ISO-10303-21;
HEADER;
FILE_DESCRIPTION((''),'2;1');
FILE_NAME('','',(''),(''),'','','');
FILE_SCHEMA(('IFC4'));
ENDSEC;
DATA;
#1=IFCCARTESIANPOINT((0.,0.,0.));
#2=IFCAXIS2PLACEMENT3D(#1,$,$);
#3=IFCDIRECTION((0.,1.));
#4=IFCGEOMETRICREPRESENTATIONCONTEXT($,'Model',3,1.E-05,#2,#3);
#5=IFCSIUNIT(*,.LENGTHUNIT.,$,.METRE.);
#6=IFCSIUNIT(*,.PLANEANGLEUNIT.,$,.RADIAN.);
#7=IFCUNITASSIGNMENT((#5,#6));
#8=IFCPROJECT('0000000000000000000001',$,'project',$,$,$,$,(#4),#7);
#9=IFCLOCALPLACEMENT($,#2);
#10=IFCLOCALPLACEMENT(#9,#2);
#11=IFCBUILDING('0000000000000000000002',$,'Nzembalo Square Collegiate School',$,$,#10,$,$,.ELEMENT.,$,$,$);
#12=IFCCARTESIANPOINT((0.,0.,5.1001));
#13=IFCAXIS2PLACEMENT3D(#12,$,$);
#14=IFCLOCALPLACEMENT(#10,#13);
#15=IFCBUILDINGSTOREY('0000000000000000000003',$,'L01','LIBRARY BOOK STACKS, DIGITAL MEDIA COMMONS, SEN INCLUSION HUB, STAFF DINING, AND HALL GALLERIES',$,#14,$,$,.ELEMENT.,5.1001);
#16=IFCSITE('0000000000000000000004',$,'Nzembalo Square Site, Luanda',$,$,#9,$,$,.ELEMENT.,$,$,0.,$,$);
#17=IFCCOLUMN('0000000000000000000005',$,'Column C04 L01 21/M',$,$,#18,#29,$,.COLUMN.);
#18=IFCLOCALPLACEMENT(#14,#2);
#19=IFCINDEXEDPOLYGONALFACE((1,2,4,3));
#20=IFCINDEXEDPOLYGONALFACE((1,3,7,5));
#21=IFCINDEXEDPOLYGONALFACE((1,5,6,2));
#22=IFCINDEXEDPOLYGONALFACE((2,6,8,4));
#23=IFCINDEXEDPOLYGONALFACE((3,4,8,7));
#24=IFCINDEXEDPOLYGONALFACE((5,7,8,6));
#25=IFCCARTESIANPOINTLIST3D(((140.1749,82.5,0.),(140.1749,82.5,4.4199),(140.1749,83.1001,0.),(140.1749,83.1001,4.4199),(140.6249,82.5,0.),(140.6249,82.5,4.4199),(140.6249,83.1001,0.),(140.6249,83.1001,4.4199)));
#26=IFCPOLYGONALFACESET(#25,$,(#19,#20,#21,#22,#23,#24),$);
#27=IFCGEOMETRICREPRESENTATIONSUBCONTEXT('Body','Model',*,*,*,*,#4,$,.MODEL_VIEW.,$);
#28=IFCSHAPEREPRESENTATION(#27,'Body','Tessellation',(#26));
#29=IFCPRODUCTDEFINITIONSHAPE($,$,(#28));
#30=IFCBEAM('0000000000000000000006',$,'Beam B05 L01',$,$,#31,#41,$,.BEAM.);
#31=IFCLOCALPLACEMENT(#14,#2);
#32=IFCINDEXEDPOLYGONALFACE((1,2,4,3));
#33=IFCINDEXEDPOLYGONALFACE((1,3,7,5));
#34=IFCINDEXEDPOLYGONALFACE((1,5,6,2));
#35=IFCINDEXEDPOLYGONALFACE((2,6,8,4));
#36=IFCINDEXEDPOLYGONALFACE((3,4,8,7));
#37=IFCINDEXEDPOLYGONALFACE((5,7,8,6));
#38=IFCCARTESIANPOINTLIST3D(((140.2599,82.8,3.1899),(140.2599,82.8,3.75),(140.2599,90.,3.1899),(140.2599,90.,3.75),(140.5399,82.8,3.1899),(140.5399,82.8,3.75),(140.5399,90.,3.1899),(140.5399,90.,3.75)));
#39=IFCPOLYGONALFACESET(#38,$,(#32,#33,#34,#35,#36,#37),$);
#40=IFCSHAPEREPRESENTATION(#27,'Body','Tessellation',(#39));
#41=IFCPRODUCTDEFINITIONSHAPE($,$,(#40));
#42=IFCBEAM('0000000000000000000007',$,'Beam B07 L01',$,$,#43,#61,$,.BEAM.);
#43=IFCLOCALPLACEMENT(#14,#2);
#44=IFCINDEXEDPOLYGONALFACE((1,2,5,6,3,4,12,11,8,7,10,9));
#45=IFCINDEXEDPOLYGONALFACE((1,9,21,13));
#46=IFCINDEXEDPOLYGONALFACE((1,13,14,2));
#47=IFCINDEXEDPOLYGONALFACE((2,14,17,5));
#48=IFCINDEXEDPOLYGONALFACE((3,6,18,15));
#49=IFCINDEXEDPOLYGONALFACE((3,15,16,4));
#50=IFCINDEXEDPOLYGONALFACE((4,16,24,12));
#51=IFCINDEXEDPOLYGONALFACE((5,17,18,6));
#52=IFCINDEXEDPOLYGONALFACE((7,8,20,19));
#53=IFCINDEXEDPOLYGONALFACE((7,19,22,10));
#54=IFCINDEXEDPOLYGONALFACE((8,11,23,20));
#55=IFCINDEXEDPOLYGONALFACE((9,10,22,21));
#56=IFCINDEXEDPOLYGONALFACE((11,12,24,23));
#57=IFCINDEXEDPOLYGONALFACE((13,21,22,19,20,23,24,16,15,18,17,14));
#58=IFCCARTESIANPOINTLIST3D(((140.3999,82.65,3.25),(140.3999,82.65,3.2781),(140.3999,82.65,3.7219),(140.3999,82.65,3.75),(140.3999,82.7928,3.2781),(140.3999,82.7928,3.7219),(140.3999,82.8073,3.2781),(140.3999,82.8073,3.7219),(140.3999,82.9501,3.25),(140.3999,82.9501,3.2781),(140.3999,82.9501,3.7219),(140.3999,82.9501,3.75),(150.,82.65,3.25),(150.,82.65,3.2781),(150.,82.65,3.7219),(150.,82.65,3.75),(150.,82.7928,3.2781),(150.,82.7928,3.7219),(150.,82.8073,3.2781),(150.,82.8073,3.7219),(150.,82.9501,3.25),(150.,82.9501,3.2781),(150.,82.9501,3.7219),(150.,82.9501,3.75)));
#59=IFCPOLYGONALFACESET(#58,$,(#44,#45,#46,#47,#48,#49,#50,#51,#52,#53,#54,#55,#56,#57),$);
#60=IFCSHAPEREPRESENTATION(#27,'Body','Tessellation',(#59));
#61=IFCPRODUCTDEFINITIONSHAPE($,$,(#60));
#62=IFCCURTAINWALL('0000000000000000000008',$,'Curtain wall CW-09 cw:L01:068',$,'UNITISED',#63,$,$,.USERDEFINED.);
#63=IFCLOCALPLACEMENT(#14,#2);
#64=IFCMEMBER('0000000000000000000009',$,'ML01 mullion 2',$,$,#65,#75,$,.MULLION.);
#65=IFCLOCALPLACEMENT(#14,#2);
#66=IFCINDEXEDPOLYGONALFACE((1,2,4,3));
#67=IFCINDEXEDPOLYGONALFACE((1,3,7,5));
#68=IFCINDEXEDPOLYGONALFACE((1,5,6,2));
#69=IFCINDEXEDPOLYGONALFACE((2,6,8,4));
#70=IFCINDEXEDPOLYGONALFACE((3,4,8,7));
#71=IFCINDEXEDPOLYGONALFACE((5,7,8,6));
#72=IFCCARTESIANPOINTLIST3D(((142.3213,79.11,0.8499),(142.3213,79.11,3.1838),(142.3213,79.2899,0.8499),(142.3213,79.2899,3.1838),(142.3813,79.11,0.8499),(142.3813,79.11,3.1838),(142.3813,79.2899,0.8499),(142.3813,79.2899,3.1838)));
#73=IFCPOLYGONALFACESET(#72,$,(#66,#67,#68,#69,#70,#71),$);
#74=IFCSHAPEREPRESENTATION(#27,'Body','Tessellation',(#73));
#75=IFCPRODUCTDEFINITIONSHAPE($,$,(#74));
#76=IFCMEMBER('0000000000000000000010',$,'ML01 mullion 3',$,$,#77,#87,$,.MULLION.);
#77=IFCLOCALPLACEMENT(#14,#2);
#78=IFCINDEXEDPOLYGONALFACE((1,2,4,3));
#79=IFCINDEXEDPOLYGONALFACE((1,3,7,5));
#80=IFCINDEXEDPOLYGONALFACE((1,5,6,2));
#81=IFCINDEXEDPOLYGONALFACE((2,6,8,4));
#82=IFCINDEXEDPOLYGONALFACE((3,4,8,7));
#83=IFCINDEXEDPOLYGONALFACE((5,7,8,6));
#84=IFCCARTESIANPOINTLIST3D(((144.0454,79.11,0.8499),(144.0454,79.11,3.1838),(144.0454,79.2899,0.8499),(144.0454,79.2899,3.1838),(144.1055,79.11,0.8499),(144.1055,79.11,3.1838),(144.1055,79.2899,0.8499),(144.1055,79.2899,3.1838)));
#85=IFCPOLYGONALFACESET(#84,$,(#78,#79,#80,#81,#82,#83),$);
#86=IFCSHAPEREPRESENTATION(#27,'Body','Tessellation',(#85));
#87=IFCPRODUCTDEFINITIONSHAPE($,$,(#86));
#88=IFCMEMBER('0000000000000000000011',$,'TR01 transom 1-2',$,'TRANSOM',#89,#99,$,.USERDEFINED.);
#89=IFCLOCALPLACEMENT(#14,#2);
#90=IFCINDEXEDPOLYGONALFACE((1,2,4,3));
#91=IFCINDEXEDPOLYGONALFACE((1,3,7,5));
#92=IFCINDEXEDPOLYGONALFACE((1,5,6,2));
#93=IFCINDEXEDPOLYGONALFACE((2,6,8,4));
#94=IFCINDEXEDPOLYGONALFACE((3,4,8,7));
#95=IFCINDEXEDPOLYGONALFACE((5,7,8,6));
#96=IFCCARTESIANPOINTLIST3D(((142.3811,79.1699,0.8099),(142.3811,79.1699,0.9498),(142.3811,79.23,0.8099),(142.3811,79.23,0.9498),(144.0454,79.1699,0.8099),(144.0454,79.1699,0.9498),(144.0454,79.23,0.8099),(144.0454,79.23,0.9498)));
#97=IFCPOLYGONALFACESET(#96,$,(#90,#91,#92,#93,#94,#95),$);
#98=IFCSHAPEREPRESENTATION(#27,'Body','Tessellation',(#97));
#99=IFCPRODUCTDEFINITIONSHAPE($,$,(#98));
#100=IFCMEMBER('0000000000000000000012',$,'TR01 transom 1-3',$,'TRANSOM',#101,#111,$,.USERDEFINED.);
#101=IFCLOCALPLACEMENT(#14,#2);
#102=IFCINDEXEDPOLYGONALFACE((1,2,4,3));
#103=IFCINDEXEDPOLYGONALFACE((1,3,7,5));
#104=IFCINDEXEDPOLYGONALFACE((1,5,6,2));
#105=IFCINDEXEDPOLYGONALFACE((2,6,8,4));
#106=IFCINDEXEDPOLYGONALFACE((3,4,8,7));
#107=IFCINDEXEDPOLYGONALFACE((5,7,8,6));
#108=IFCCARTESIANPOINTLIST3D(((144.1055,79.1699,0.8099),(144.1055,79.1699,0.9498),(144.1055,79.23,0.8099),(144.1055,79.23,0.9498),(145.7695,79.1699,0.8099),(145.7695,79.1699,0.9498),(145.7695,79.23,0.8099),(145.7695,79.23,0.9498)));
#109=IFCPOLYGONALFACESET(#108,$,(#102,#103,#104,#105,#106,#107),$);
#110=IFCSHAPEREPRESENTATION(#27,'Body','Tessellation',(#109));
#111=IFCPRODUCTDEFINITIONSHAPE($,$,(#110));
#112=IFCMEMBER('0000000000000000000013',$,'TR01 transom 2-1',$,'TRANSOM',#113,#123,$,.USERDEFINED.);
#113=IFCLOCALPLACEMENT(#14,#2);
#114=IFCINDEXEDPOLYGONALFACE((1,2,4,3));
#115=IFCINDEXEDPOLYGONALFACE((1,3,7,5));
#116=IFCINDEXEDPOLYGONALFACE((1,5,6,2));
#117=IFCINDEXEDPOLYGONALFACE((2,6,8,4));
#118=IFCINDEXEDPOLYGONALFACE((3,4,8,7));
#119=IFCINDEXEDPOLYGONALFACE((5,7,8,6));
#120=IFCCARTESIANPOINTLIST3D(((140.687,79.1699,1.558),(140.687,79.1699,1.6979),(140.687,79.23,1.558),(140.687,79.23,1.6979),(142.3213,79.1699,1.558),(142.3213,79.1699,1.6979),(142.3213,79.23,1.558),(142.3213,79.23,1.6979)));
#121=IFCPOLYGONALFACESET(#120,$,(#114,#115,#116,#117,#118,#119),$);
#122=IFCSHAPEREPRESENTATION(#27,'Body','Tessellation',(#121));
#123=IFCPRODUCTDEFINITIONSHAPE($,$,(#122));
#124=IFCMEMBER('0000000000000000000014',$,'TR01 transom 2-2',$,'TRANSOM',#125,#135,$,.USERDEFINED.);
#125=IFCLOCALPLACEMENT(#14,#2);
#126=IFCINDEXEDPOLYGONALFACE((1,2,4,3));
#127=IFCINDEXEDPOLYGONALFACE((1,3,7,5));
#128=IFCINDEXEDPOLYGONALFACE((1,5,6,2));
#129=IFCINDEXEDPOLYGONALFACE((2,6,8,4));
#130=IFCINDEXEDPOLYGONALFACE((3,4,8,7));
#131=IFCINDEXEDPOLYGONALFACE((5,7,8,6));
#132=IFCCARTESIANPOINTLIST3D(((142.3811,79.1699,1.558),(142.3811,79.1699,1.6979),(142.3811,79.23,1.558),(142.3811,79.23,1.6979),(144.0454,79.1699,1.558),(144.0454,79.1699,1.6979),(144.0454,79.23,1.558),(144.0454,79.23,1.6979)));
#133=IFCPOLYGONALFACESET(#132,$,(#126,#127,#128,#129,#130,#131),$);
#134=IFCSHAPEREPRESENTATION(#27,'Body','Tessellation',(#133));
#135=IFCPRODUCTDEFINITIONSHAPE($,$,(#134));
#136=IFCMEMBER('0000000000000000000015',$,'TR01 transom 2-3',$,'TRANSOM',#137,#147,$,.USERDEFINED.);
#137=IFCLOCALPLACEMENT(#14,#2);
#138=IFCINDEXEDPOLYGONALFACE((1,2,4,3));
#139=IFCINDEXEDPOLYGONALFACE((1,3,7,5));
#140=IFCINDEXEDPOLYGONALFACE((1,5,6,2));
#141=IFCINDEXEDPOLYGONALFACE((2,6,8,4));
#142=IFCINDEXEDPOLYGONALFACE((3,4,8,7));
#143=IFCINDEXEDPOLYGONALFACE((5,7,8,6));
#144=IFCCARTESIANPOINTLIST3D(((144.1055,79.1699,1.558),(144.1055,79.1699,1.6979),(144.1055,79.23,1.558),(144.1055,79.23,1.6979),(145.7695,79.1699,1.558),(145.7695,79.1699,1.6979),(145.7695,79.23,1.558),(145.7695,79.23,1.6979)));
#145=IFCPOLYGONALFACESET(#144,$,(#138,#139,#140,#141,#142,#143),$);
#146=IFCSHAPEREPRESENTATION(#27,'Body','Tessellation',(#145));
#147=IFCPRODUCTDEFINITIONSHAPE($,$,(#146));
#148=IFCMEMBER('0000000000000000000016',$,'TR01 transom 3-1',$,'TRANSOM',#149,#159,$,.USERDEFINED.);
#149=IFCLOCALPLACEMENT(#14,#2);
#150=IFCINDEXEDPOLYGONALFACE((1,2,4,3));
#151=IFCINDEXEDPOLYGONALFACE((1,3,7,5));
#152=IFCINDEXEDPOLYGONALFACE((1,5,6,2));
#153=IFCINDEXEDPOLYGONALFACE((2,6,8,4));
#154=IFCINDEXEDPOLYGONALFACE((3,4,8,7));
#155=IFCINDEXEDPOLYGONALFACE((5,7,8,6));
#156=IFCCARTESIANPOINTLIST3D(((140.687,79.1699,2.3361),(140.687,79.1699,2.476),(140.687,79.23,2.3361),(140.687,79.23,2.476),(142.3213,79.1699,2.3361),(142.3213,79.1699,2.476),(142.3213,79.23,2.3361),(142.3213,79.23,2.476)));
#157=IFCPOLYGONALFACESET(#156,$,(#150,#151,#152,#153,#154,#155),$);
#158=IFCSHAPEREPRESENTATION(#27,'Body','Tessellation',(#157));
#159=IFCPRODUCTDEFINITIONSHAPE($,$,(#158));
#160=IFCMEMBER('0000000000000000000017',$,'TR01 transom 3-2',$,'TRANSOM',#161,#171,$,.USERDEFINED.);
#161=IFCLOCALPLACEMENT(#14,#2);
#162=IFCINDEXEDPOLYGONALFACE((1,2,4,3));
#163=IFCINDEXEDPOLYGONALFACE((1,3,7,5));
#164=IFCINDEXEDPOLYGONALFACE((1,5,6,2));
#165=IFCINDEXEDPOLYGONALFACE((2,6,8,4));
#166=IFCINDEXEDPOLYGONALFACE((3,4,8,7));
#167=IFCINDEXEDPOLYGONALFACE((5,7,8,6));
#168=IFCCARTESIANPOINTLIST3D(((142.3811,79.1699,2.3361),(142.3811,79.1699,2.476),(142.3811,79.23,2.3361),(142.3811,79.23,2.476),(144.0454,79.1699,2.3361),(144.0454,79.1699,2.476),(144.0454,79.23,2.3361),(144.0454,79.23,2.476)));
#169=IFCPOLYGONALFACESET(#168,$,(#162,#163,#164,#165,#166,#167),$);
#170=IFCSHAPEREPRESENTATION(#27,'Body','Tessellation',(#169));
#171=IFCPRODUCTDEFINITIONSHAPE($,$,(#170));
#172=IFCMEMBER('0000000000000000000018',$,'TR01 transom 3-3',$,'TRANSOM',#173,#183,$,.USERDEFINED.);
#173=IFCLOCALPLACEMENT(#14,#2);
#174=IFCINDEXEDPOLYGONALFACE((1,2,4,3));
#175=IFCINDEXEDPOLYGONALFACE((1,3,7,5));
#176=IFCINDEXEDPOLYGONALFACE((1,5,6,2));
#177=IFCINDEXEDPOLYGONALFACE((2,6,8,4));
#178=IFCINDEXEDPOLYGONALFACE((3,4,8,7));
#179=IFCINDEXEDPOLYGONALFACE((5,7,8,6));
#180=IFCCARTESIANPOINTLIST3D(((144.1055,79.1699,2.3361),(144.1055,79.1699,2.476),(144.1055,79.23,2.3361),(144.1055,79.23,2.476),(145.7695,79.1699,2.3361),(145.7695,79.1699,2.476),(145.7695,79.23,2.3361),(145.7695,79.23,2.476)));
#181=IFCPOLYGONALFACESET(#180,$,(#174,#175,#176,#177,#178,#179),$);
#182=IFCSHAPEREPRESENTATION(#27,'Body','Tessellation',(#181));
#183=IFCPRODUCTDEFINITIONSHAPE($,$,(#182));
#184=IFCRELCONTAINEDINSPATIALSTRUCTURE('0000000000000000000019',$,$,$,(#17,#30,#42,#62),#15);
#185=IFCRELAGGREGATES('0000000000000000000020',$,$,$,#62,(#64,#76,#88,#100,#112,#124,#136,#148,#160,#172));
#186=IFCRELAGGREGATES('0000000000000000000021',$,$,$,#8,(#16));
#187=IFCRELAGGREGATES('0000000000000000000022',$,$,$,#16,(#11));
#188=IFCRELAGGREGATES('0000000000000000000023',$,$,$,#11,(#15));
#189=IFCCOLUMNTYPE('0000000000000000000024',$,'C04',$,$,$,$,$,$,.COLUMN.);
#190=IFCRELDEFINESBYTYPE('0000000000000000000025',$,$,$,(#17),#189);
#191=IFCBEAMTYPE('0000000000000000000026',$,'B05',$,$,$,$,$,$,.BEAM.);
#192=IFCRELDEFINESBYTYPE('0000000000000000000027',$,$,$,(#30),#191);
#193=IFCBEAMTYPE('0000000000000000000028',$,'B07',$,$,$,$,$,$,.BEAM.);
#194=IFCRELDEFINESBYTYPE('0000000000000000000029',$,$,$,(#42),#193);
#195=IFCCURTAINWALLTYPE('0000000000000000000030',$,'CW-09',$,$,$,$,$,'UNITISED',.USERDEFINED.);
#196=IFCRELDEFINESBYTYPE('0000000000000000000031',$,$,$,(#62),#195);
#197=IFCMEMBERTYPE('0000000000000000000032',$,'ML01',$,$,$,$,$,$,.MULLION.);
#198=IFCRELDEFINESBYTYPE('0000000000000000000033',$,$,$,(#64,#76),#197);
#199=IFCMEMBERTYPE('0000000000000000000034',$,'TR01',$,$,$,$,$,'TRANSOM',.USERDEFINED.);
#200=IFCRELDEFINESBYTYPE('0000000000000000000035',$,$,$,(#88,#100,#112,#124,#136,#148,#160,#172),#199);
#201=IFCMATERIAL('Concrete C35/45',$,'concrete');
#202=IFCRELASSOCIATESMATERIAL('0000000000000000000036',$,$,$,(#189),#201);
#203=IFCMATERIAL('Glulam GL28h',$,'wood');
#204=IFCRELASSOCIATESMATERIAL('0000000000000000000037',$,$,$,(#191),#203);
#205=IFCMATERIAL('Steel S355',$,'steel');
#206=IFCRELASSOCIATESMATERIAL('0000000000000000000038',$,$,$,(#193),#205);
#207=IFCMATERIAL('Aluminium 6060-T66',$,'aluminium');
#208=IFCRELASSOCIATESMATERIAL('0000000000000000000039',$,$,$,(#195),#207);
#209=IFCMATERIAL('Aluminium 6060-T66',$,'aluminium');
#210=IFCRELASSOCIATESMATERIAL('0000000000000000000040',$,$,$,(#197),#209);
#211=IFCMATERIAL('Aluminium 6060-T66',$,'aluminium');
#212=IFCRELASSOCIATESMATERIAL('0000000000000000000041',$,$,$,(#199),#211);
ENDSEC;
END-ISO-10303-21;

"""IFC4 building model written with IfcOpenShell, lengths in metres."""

from ifc_helpers import new_model, si_unit, direction, frame, origin, origin_2d, place, context, subcontext, project, spatial, rectangle, i_section, extrude, material, material_profile, profile_set, type_object, element, aggregate, save


model = new_model("IFC4")

# Units and contexts
model_context = context("Model", 3, precision=1e-05, world=origin(), true_north=direction((0.0, 1.0)))
body_context = subcontext(model_context, "Body", "Model", "MODEL_VIEW")
ifc_project = project(units=[si_unit("LENGTHUNIT", "METRE"), si_unit("PLANEANGLEUNIT", "RADIAN")], contexts=[model_context])

# Site, building, storey
site_placement = place(None, origin())
site = spatial("IfcSite", under=ifc_project, at=site_placement, Name="Nzembalo Square Site, Luanda", CompositionType="ELEMENT", RefElevation=0.0)
building_placement = place(site_placement, origin())
building = spatial("IfcBuilding", under=site, at=building_placement, Name="Nzembalo Square Collegiate School", CompositionType="ELEMENT")
storey_placement = place(building_placement, frame((0.0, 0.0, 5.1001)))
storey = spatial("IfcBuildingStorey", under=building, at=storey_placement, Name="L01", Description="LIBRARY BOOK STACKS, DIGITAL MEDIA COMMONS, SEN INCLUSION HUB, STAFF DINING, AND HALL GALLERIES", CompositionType="ELEMENT", Elevation=5.1001)

# Column
ifc_material_1 = material(Name="Concrete C35/45", Category="concrete")
ifc_material_profile_1 = material_profile(ifc_material_1, rectangle(XDim=0.45, YDim=0.6001, at=origin_2d()), Name="RC 450x600")
ifc_profile_set_1 = profile_set([ifc_material_profile_1], Name="Concrete C35/45")
column_type = type_object("IfcColumnType", Name="C04", PredefinedType="COLUMN", material=ifc_profile_set_1)
column_placement = place(storey_placement, frame((140.3999, 82.8, 0.0), z_axis=(0.0, 0.0, 1.0), x_axis=(1.0, 0.0, 0.0)))
element("IfcColumn", 1, at=column_placement, inside=storey, type_object=column_type, Name="Column C04 L01 21/M", PredefinedType="COLUMN", context=body_context, shape_type="SweptSolid", body=[
    extrude(rectangle(XDim=0.45, YDim=0.6001, at=origin_2d()), origin(), (0.0, 0.0, 1.0), 4.4199),
])

# Beams
ifc_material_2 = material(Name="Glulam GL28h", Category="wood")
ifc_material_profile_2 = material_profile(ifc_material_2, rectangle(XDim=0.28, YDim=0.5601, at=origin_2d()), Name="GL28h 280x560")
ifc_profile_set_2 = profile_set([ifc_material_profile_2], Name="Glulam GL28h")
beam_type_1 = type_object("IfcBeamType", Name="B05", PredefinedType="BEAM", material=ifc_profile_set_2)
beam_1_placement = place(storey_placement, frame((140.3999, 82.8, 3.47), z_axis=(0.0, 1.0, 0.0), x_axis=(-1.0, 0.0, 0.0)))
element("IfcBeam", 2, at=beam_1_placement, inside=storey, type_object=beam_type_1, Name="Beam B05 L01", PredefinedType="BEAM", context=body_context, shape_type="SweptSolid", body=[
    extrude(rectangle(XDim=0.28, YDim=0.5601, at=origin_2d()), origin(), (0.0, 0.0, 1.0), 7.2),
])
ifc_material_3 = material(Name="Steel S355", Category="steel")
ifc_material_profile_3 = material_profile(ifc_material_3, i_section(OverallWidth=0.3, OverallDepth=0.5, WebThickness=0.0144, FlangeThickness=0.0281, at=origin_2d()), Name="HEB 500")
ifc_profile_set_3 = profile_set([ifc_material_profile_3], Name="Steel S355")
beam_type_2 = type_object("IfcBeamType", Name="B07", PredefinedType="BEAM", material=ifc_profile_set_3)
beam_2_placement = place(storey_placement, frame((140.3999, 82.8, 3.5), z_axis=(1.0, 0.0, 0.0), x_axis=(0.0, 1.0, 0.0)))
element("IfcBeam", 3, at=beam_2_placement, inside=storey, type_object=beam_type_2, Name="Beam B07 L01", PredefinedType="BEAM", context=body_context, shape_type="SweptSolid", body=[
    extrude(i_section(OverallWidth=0.3, OverallDepth=0.5, WebThickness=0.0144, FlangeThickness=0.0281, at=origin_2d()), origin(), (0.0, 0.0, 1.0), 9.6001),
])

# Curtain wall, members
ifc_material_4 = material(Name="Aluminium 6060-T66", Category="aluminium")
curtain_wall_type = type_object("IfcCurtainWallType", Name="CW-09", ElementType="UNITISED", PredefinedType="USERDEFINED", material=ifc_material_4)
curtain_wall_placement = place(storey_placement, origin())
curtain_wall = element("IfcCurtainWall", 4, at=curtain_wall_placement, inside=storey, type_object=curtain_wall_type, Name="Curtain wall CW-09 cw:L01:068", ObjectType="UNITISED", PredefinedType="USERDEFINED")
ifc_material_5 = material(Name="Aluminium 6060-T66", Category="aluminium")
ifc_material_profile_4 = material_profile(ifc_material_5, rectangle(XDim=0.0601, YDim=0.1799, at=origin_2d()), Name="ALU M60x180")
ifc_profile_set_4 = profile_set([ifc_material_profile_4], Name="Aluminium 6060-T66")
member_type_1 = type_object("IfcMemberType", Name="ML01", PredefinedType="MULLION", material=ifc_profile_set_4)
member_1_placement = place(storey_placement, frame((142.3513, 79.2, 0.8499), z_axis=(0.0, 0.0, 1.0), x_axis=(1.0, 0.0, 0.0)))
member_1 = element("IfcMember", 5, at=member_1_placement, type_object=member_type_1, Name="ML01 mullion 2", PredefinedType="MULLION", context=body_context, shape_type="SweptSolid", body=[
    extrude(rectangle(XDim=0.0601, YDim=0.1799, at=origin_2d()), origin(), (0.0, 0.0, 1.0), 2.334),
])
member_2_placement = place(storey_placement, frame((144.0754, 79.2, 0.8499), z_axis=(0.0, 0.0, 1.0), x_axis=(1.0, 0.0, 0.0)))
member_2 = element("IfcMember", 6, at=member_2_placement, type_object=member_type_1, Name="ML01 mullion 3", PredefinedType="MULLION", context=body_context, shape_type="SweptSolid", body=[
    extrude(rectangle(XDim=0.0601, YDim=0.1799, at=origin_2d()), origin(), (0.0, 0.0, 1.0), 2.334),
])
ifc_material_6 = material(Name="Aluminium 6060-T66", Category="aluminium")
ifc_material_profile_5 = material_profile(ifc_material_6, rectangle(XDim=0.0601, YDim=0.1399, at=origin_2d()), Name="ALU T60x140")
ifc_profile_set_5 = profile_set([ifc_material_profile_5], Name="Aluminium 6060-T66")
member_type_2 = type_object("IfcMemberType", Name="TR01", ElementType="TRANSOM", PredefinedType="USERDEFINED", material=ifc_profile_set_5)
member_3_placement = place(storey_placement, frame((142.3811, 79.2, 0.8799), z_axis=(1.0, 0.0, 0.0), x_axis=(0.0, 1.0, 0.0)))
member_3 = element("IfcMember", 7, at=member_3_placement, type_object=member_type_2, Name="TR01 transom 1-2", ObjectType="TRANSOM", PredefinedType="USERDEFINED", context=body_context, shape_type="SweptSolid", body=[
    extrude(rectangle(XDim=0.0601, YDim=0.1399, at=origin_2d()), origin(), (0.0, 0.0, 1.0), 1.6643),
])
member_4_placement = place(storey_placement, frame((144.1055, 79.2, 0.8799), z_axis=(1.0, 0.0, 0.0), x_axis=(0.0, 1.0, 0.0)))
member_4 = element("IfcMember", 8, at=member_4_placement, type_object=member_type_2, Name="TR01 transom 1-3", ObjectType="TRANSOM", PredefinedType="USERDEFINED", context=body_context, shape_type="SweptSolid", body=[
    extrude(rectangle(XDim=0.0601, YDim=0.1399, at=origin_2d()), origin(), (0.0, 0.0, 1.0), 1.6641),
])
member_5_placement = place(storey_placement, frame((140.687, 79.2, 1.6279), z_axis=(1.0, 0.0, 0.0), x_axis=(0.0, 1.0, 0.0)))
member_5 = element("IfcMember", 9, at=member_5_placement, type_object=member_type_2, Name="TR01 transom 2-1", ObjectType="TRANSOM", PredefinedType="USERDEFINED", context=body_context, shape_type="SweptSolid", body=[
    extrude(rectangle(XDim=0.0601, YDim=0.1399, at=origin_2d()), origin(), (0.0, 0.0, 1.0), 1.6343),
])
member_6_placement = place(storey_placement, frame((142.3811, 79.2, 1.6279), z_axis=(1.0, 0.0, 0.0), x_axis=(0.0, 1.0, 0.0)))
member_6 = element("IfcMember", 10, at=member_6_placement, type_object=member_type_2, Name="TR01 transom 2-2", ObjectType="TRANSOM", PredefinedType="USERDEFINED", context=body_context, shape_type="SweptSolid", body=[
    extrude(rectangle(XDim=0.0601, YDim=0.1399, at=origin_2d()), origin(), (0.0, 0.0, 1.0), 1.6643),
])
member_7_placement = place(storey_placement, frame((144.1055, 79.2, 1.6279), z_axis=(1.0, 0.0, 0.0), x_axis=(0.0, 1.0, 0.0)))
member_7 = element("IfcMember", 11, at=member_7_placement, type_object=member_type_2, Name="TR01 transom 2-3", ObjectType="TRANSOM", PredefinedType="USERDEFINED", context=body_context, shape_type="SweptSolid", body=[
    extrude(rectangle(XDim=0.0601, YDim=0.1399, at=origin_2d()), origin(), (0.0, 0.0, 1.0), 1.6641),
])
member_8_placement = place(storey_placement, frame((140.687, 79.2, 2.406), z_axis=(1.0, 0.0, 0.0), x_axis=(0.0, 1.0, 0.0)))
member_8 = element("IfcMember", 12, at=member_8_placement, type_object=member_type_2, Name="TR01 transom 3-1", ObjectType="TRANSOM", PredefinedType="USERDEFINED", context=body_context, shape_type="SweptSolid", body=[
    extrude(rectangle(XDim=0.0601, YDim=0.1399, at=origin_2d()), origin(), (0.0, 0.0, 1.0), 1.6343),
])
member_9_placement = place(storey_placement, frame((142.3811, 79.2, 2.406), z_axis=(1.0, 0.0, 0.0), x_axis=(0.0, 1.0, 0.0)))
member_9 = element("IfcMember", 13, at=member_9_placement, type_object=member_type_2, Name="TR01 transom 3-2", ObjectType="TRANSOM", PredefinedType="USERDEFINED", context=body_context, shape_type="SweptSolid", body=[
    extrude(rectangle(XDim=0.0601, YDim=0.1399, at=origin_2d()), origin(), (0.0, 0.0, 1.0), 1.6643),
])
member_10_placement = place(storey_placement, frame((144.1055, 79.2, 2.406), z_axis=(1.0, 0.0, 0.0), x_axis=(0.0, 1.0, 0.0)))
member_10 = element("IfcMember", 14, at=member_10_placement, type_object=member_type_2, Name="TR01 transom 3-3", ObjectType="TRANSOM", PredefinedType="USERDEFINED", context=body_context, shape_type="SweptSolid", body=[
    extrude(rectangle(XDim=0.0601, YDim=0.1399, at=origin_2d()), origin(), (0.0, 0.0, 1.0), 1.6641),
])
aggregate(curtain_wall, [member_1, member_2, member_3, member_4, member_5, member_6, member_7, member_8, member_9, member_10])

save(model, "model.ifc")
